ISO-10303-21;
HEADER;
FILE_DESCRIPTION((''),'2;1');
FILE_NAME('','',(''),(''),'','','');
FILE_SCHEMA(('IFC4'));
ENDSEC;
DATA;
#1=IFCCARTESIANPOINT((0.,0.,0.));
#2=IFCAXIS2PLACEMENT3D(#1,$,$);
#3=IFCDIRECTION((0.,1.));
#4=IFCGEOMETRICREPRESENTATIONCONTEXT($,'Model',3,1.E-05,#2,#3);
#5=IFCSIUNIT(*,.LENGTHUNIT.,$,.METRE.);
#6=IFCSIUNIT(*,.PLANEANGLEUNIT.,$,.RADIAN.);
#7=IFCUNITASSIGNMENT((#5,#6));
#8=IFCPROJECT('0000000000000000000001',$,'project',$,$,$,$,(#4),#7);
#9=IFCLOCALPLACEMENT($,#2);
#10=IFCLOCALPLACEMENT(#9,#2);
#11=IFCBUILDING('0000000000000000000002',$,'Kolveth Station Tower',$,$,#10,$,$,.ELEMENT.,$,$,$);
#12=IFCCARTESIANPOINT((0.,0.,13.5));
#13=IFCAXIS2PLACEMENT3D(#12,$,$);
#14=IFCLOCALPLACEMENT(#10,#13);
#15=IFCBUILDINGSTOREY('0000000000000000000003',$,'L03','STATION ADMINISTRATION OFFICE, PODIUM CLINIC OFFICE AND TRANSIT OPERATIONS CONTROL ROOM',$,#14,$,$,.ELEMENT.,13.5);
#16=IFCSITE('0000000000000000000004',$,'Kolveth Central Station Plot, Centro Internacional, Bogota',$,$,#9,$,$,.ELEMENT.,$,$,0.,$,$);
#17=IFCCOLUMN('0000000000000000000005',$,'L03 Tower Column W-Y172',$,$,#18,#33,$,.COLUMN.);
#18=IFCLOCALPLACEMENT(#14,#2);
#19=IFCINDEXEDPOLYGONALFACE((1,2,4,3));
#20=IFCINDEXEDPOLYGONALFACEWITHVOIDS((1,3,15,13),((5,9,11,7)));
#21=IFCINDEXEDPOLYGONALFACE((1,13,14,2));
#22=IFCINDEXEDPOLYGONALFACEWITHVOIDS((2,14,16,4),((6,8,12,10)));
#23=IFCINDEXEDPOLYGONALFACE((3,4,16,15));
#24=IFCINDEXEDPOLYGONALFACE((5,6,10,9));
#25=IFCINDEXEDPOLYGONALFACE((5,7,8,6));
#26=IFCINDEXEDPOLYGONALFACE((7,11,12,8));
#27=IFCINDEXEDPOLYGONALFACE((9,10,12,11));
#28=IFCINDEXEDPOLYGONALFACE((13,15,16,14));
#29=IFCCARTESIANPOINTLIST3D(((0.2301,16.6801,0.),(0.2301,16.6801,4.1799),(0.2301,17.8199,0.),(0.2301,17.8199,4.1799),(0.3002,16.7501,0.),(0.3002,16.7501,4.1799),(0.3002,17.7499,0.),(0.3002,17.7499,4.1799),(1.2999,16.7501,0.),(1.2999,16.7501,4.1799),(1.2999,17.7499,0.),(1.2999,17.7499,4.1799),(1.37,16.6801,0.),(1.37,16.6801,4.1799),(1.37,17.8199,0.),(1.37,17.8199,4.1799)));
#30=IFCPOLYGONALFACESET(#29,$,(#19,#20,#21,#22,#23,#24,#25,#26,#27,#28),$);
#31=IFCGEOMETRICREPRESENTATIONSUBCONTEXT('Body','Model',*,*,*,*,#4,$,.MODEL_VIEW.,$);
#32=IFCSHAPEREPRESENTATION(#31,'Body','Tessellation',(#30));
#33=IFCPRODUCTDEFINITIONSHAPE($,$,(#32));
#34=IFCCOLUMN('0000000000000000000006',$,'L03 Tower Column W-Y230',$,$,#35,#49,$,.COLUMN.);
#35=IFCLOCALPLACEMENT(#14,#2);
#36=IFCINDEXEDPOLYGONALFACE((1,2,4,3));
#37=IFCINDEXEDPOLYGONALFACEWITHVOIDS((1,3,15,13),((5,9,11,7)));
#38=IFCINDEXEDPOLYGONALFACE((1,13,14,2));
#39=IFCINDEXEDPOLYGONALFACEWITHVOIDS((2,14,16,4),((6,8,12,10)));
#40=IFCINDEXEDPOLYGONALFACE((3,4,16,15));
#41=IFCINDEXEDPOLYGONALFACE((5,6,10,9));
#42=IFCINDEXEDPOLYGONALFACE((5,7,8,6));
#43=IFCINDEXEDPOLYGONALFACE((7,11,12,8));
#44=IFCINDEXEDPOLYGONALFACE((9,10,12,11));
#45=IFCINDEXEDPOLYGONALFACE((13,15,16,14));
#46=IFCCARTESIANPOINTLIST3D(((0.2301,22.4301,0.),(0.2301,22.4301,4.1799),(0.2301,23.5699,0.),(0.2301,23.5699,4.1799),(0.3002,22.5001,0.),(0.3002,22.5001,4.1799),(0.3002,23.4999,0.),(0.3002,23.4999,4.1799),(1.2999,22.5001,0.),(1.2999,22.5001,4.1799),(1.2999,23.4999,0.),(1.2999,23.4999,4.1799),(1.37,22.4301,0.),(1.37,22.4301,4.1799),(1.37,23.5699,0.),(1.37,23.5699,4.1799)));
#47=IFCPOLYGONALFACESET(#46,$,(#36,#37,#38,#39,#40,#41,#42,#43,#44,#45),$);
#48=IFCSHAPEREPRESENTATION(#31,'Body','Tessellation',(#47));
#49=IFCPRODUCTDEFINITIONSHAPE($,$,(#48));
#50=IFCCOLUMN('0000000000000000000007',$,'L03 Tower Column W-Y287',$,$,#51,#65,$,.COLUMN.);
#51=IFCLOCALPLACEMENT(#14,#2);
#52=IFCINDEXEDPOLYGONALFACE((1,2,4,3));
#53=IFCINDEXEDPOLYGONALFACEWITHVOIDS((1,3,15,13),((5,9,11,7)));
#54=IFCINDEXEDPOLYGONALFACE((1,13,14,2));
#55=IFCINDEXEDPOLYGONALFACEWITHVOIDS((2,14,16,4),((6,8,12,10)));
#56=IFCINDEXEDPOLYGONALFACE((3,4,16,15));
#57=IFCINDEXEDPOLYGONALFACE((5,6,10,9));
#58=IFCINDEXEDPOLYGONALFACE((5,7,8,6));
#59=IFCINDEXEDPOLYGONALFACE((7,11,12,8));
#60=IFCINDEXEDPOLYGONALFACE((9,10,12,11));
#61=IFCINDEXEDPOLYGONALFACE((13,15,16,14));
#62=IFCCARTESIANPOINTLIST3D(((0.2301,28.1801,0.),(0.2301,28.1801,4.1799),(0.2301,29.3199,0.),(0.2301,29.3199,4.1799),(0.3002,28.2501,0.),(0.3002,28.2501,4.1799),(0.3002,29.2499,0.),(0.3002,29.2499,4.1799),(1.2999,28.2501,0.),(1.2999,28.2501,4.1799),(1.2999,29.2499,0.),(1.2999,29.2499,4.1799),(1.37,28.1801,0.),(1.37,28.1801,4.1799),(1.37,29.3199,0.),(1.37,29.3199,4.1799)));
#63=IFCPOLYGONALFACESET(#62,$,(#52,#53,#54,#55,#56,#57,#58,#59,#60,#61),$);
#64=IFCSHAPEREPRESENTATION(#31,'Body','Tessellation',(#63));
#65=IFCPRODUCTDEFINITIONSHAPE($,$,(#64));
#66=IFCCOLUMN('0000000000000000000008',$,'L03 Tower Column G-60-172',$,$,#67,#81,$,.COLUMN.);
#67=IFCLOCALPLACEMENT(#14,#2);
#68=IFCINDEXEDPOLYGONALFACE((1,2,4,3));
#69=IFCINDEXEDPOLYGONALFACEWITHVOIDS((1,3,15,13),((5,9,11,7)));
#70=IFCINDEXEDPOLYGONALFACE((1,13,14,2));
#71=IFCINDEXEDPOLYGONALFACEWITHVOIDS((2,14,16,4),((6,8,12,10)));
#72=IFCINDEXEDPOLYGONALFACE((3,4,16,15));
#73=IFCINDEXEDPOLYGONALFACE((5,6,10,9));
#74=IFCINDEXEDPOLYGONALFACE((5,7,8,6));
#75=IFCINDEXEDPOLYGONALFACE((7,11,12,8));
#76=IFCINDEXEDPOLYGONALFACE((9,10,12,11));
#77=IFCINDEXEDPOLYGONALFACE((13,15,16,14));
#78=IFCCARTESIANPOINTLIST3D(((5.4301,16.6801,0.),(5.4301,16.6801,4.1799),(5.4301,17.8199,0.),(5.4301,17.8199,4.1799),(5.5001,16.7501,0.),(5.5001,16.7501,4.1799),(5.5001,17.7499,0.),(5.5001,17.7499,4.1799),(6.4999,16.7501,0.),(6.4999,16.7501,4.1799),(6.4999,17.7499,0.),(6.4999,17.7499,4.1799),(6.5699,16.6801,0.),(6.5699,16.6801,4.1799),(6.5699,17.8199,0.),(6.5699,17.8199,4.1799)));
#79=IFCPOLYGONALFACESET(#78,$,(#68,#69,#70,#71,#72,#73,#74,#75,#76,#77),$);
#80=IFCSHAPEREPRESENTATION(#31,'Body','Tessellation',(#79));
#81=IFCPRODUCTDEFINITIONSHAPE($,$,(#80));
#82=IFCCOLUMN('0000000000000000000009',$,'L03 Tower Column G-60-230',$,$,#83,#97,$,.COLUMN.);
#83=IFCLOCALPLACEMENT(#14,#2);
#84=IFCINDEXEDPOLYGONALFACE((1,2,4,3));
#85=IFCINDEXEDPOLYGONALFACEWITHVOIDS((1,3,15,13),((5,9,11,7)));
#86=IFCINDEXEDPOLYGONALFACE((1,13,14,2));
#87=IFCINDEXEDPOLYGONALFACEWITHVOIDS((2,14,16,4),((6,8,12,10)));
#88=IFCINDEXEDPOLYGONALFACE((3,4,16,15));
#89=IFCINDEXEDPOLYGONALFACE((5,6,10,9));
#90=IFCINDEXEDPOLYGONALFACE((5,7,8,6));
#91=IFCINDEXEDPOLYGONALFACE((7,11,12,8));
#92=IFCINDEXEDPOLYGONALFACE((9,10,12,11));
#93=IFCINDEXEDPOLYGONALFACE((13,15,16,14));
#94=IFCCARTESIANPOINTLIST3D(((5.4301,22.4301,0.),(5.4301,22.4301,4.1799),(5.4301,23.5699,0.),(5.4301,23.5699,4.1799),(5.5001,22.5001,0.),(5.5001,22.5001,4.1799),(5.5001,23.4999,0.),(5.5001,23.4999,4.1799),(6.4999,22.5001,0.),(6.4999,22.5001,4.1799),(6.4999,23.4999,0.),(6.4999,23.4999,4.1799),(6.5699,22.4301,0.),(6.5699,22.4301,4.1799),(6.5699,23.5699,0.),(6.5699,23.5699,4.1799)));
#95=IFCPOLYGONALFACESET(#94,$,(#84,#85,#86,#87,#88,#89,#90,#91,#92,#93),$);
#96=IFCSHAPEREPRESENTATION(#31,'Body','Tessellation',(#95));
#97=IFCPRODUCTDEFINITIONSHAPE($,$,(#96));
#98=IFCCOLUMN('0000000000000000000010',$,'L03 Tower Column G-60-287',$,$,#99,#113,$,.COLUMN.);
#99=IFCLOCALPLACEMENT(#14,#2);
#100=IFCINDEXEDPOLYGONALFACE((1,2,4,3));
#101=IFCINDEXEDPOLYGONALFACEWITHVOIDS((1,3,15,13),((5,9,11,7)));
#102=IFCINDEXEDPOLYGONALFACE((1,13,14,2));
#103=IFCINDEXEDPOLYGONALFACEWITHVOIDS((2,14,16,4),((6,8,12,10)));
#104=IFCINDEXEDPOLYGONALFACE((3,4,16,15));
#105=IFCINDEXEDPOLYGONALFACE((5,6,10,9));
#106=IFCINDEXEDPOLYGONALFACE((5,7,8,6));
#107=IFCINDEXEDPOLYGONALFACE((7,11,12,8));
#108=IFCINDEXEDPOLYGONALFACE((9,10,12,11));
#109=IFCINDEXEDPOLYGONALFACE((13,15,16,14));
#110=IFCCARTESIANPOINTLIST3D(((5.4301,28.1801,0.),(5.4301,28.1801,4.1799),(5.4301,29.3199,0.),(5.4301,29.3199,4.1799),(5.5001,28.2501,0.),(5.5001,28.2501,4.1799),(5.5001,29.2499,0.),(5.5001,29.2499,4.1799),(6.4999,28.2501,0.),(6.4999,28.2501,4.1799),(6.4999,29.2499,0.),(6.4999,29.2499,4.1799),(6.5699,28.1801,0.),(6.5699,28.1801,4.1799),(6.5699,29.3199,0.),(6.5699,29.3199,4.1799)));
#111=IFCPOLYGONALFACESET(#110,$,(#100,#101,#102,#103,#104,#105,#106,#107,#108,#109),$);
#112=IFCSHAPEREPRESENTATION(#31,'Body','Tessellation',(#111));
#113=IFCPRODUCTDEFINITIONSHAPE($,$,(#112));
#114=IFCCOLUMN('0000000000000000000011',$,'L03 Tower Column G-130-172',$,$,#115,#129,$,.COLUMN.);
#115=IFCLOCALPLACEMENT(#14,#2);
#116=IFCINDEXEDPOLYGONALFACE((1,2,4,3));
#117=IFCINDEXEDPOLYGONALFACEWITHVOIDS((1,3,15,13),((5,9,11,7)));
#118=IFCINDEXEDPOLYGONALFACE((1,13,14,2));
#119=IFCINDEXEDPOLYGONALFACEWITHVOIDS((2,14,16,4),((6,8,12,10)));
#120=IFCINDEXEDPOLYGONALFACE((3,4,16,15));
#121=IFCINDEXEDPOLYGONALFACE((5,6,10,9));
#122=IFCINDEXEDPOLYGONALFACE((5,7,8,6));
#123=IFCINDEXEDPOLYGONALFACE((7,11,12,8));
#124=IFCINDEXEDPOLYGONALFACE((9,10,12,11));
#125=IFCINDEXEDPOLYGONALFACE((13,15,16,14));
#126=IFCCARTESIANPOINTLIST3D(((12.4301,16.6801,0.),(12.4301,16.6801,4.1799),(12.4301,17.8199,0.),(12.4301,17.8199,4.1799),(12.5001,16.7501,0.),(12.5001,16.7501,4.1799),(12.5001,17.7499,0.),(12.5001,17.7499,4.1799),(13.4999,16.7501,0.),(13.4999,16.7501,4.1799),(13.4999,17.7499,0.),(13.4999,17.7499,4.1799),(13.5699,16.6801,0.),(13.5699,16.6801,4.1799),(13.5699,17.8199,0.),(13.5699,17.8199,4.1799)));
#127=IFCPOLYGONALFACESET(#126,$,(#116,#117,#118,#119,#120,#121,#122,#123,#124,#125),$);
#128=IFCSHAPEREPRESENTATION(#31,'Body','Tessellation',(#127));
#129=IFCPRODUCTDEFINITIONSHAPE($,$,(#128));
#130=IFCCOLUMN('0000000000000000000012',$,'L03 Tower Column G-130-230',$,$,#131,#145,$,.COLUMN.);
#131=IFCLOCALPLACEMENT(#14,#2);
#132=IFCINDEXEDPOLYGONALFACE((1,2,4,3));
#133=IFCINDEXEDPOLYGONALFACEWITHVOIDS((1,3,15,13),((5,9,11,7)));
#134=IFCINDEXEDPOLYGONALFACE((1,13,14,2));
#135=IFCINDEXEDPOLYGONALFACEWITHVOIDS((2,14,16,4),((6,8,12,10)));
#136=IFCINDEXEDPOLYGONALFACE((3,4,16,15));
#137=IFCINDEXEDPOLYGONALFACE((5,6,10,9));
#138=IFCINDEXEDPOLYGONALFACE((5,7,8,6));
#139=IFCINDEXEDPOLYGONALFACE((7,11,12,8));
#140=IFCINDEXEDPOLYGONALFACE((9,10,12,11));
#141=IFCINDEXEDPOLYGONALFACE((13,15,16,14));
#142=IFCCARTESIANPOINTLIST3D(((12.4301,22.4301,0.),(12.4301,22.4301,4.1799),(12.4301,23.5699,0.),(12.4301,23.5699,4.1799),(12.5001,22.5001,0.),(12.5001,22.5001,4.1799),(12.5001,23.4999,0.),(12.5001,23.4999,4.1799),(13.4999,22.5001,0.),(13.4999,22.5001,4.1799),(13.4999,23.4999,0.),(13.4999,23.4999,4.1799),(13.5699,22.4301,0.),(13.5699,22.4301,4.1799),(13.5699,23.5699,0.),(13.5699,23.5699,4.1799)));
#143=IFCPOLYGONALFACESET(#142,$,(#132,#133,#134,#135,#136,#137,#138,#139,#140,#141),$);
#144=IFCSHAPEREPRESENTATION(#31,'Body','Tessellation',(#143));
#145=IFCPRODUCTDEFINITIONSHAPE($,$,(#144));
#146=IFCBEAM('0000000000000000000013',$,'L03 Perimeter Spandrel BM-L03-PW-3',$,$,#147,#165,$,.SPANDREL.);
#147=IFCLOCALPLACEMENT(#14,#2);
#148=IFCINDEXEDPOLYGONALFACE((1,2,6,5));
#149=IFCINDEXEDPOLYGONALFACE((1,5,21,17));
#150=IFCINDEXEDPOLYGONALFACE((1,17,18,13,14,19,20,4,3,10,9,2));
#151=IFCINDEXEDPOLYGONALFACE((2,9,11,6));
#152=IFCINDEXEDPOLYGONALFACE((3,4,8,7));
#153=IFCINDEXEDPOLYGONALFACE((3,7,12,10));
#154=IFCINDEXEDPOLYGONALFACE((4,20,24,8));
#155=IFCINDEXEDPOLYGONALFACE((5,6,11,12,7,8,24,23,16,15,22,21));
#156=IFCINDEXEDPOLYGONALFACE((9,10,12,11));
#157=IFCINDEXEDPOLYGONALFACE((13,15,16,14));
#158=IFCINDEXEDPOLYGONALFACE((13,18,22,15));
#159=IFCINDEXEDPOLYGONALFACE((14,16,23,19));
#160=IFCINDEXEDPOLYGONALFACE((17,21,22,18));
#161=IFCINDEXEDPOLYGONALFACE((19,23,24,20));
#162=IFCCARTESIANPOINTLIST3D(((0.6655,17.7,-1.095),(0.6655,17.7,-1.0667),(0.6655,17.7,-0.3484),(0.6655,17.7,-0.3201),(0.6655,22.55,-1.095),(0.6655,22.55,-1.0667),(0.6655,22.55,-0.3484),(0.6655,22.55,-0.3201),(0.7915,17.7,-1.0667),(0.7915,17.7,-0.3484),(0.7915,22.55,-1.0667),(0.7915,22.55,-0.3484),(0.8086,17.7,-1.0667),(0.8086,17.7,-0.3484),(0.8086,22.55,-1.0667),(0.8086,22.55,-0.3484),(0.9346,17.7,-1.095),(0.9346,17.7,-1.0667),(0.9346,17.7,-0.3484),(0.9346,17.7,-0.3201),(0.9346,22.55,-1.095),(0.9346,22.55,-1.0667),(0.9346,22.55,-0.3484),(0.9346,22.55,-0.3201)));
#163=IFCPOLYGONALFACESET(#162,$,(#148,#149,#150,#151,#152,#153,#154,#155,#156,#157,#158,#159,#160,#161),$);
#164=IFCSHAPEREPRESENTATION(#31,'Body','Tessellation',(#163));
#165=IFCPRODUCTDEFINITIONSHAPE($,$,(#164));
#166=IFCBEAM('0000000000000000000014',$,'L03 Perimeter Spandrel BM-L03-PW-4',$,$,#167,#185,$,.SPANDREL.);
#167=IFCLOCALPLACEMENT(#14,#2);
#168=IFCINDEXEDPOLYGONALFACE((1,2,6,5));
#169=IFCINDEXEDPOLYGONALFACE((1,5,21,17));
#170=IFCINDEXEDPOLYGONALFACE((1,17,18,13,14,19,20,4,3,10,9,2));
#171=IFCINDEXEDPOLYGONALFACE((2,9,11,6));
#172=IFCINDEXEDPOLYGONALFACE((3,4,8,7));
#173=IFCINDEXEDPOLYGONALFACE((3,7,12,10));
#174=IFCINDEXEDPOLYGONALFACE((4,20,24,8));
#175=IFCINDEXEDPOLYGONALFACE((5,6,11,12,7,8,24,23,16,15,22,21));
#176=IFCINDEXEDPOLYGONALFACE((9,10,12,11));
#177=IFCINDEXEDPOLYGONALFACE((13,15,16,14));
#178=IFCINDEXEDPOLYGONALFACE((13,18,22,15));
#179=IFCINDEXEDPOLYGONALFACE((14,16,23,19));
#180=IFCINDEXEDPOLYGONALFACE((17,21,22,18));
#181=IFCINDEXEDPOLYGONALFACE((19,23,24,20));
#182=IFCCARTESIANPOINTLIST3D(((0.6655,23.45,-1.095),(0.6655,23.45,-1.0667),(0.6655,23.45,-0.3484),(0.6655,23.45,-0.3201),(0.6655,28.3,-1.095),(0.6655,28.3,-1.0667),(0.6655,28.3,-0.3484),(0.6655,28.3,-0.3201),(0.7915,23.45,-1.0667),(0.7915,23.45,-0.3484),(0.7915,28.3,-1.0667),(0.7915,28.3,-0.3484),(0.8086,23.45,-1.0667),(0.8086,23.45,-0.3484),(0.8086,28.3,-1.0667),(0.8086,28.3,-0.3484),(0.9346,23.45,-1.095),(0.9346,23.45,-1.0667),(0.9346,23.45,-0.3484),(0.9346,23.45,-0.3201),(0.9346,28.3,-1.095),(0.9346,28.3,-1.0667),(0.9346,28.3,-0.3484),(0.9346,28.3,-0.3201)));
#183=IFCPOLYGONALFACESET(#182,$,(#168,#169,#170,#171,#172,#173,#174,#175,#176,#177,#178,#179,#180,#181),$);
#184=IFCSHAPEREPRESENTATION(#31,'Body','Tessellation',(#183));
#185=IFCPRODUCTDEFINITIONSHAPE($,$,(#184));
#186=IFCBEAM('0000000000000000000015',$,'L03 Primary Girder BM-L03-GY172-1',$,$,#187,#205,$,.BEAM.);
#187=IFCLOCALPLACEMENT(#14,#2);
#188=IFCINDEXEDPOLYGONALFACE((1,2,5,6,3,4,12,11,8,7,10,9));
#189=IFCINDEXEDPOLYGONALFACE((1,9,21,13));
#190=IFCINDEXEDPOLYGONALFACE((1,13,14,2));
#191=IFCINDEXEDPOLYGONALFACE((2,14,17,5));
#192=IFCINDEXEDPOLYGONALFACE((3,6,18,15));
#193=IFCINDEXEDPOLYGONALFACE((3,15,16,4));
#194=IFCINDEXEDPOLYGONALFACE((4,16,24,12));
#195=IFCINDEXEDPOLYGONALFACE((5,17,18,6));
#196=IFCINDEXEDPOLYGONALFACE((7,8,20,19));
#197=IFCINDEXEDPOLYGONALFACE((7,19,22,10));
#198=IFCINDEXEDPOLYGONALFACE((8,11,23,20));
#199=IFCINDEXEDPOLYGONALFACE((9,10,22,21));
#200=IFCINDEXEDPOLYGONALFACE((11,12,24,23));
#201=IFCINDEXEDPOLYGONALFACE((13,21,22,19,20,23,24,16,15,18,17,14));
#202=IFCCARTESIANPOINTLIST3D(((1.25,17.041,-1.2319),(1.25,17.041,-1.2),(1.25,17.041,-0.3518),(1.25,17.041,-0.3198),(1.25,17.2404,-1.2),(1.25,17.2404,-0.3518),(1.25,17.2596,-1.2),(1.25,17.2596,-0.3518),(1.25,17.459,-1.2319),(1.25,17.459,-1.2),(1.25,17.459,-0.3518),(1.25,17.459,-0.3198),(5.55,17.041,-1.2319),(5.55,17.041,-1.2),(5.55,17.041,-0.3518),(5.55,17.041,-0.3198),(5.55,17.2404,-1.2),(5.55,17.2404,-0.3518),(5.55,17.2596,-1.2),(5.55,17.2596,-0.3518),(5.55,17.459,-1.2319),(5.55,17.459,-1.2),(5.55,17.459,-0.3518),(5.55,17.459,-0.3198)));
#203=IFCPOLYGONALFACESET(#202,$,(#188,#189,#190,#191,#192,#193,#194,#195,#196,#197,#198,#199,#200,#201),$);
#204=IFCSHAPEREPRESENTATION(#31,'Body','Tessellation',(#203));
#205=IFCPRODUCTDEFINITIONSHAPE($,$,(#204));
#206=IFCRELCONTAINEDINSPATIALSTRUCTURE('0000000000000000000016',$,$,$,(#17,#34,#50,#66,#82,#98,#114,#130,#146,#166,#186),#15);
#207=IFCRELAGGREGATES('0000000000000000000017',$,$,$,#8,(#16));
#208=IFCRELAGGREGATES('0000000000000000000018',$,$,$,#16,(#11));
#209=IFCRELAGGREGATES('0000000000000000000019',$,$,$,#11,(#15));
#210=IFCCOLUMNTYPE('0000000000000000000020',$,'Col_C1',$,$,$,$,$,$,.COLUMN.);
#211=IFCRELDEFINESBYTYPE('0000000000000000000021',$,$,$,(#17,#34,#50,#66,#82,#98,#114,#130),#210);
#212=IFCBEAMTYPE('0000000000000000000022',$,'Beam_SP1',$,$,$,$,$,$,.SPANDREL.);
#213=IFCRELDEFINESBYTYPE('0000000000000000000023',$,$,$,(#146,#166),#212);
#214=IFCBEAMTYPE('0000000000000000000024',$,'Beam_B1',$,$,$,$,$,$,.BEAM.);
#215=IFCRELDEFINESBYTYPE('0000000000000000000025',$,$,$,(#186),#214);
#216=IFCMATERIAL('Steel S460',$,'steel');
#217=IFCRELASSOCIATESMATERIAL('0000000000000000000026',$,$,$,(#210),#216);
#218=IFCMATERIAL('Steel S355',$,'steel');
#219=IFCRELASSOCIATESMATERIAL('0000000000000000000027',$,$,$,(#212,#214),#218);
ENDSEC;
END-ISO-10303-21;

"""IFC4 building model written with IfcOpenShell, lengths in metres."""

from ifc_helpers import new_model, si_unit, direction, frame, origin, origin_2d, place, context, subcontext, project, spatial, hollow_rectangle, i_section, extrude, source, transform, mapped, material, material_profile, profile_set, type_object, element, save


model = new_model("IFC4")

# Units and contexts
model_context = context("Model", 3, precision=1e-05, world=origin(), true_north=direction((0.0, 1.0)))
body_context = subcontext(model_context, "Body", "Model", "MODEL_VIEW")
ifc_project = project(units=[si_unit("LENGTHUNIT", "METRE"), si_unit("PLANEANGLEUNIT", "RADIAN")], contexts=[model_context])

# Site, building, storey
site_placement = place(None, origin())
site = spatial("IfcSite", under=ifc_project, at=site_placement, Name="Kolveth Central Station Plot, Centro Internacional, Bogota", CompositionType="ELEMENT", RefElevation=0.0)
building_placement = place(site_placement, origin())
building = spatial("IfcBuilding", under=site, at=building_placement, Name="Kolveth Station Tower", CompositionType="ELEMENT")
storey_placement = place(building_placement, frame((0.0, 0.0, 13.5)))
storey = spatial("IfcBuildingStorey", under=building, at=storey_placement, Name="L03", Description="STATION ADMINISTRATION OFFICE, PODIUM CLINIC OFFICE AND TRANSIT OPERATIONS CONTROL ROOM", CompositionType="ELEMENT", Elevation=13.5)

# Columns
ifc_material_1 = material(Name="Steel S460", Category="steel")
ifc_material_profile_1 = material_profile(ifc_material_1, hollow_rectangle(XDim=1.1399, YDim=1.1399, WallThickness=0.0701, at=origin_2d()), Name="BOX1140x1140x70")
ifc_profile_set_1 = profile_set([ifc_material_profile_1], Name="Steel S460")
column_type = type_object("IfcColumnType", Name="Col_C1", PredefinedType="COLUMN", material=ifc_profile_set_1)
shared_shape_1 = source(origin(), body_context, "Body", "SweptSolid", [
    extrude(hollow_rectangle(XDim=1.1399, YDim=1.1399, WallThickness=0.0701, at=origin_2d()), origin(), (0.0, 0.0, 1.0), 4.1799),
])
for number, where, z_axis, x_axis, name in (
    (1, (0.8, 17.25, 0.0), (0.0, 0.0, 1.0), (1.0, 0.0, 0.0), "L03 Tower Column W-Y172"),
    (2, (0.8, 23.0, 0.0), (0.0, 0.0, 1.0), (1.0, 0.0, 0.0), "L03 Tower Column W-Y230"),
    (3, (0.8, 28.75, 0.0), (0.0, 0.0, 1.0), (1.0, 0.0, 0.0), "L03 Tower Column W-Y287"),
    (4, (6.0, 17.25, 0.0), (0.0, 0.0, 1.0), (1.0, 0.0, 0.0), "L03 Tower Column G-60-172"),
    (5, (6.0, 23.0, 0.0), (0.0, 0.0, 1.0), (1.0, 0.0, 0.0), "L03 Tower Column G-60-230"),
    (6, (6.0, 28.75, 0.0), (0.0, 0.0, 1.0), (1.0, 0.0, 0.0), "L03 Tower Column G-60-287"),
    (7, (13.0, 17.25, 0.0), (0.0, 0.0, 1.0), (1.0, 0.0, 0.0), "L03 Tower Column G-130-172"),
    (8, (13.0, 23.0, 0.0), (0.0, 0.0, 1.0), (1.0, 0.0, 0.0), "L03 Tower Column G-130-230"),
):
    element("IfcColumn", number, at=place(storey_placement, frame(where, z_axis=z_axis, x_axis=x_axis)), inside=storey, type_object=column_type, Name=name, PredefinedType="COLUMN", context=body_context, shape_type="MappedRepresentation", body=[
        mapped(shared_shape_1, transform((0.0, 0.0, 0.0), x_axis=(1.0, 0.0, 0.0), y_axis=(0.0, 1.0, 0.0), z_axis=(0.0, 0.0, 1.0), scale=1.0)),
    ])

# Beams
ifc_material_2 = material(Name="Steel S355", Category="steel")
ifc_material_profile_2 = material_profile(ifc_material_2, i_section(OverallWidth=0.269, OverallDepth=0.7749, WebThickness=0.0171, FlangeThickness=0.0283, at=origin_2d()), Name="W760x220")
ifc_profile_set_2 = profile_set([ifc_material_profile_2], Name="Steel S355")
beam_type_1 = type_object("IfcBeamType", Name="Beam_SP1", PredefinedType="SPANDREL", material=ifc_profile_set_2)
shared_shape_2 = source(origin(), body_context, "Body", "SweptSolid", [
    extrude(i_section(OverallWidth=0.269, OverallDepth=0.7749, WebThickness=0.0171, FlangeThickness=0.0283, at=origin_2d()), origin(), (0.0, 0.0, 1.0), 4.8501),
])
for number, where, z_axis, x_axis, name in (
    (9, (0.8, 17.7, -0.7075), (0.0, 1.0, 0.0), (-1.0, 0.0, 0.0), "L03 Perimeter Spandrel BM-L03-PW-3"),
    (10, (0.8, 23.45, -0.7075), (0.0, 1.0, 0.0), (-1.0, 0.0, 0.0), "L03 Perimeter Spandrel BM-L03-PW-4"),
):
    element("IfcBeam", number, at=place(storey_placement, frame(where, z_axis=z_axis, x_axis=x_axis)), inside=storey, type_object=beam_type_1, Name=name, PredefinedType="SPANDREL", context=body_context, shape_type="MappedRepresentation", body=[
        mapped(shared_shape_2, transform((0.0, 0.0, 0.0), x_axis=(1.0, 0.0, 0.0), y_axis=(0.0, 1.0, 0.0), z_axis=(0.0, 0.0, 1.0), scale=1.0)),
    ])
ifc_material_profile_3 = material_profile(ifc_material_2, i_section(OverallWidth=0.418, OverallDepth=0.9121, WebThickness=0.0193, FlangeThickness=0.032, at=origin_2d()), Name="W920x342")
ifc_profile_set_3 = profile_set([ifc_material_profile_3], Name="Steel S355")
beam_type_2 = type_object("IfcBeamType", Name="Beam_B1", PredefinedType="BEAM", material=ifc_profile_set_3)
shared_shape_3 = source(origin(), body_context, "Body", "SweptSolid", [
    extrude(i_section(OverallWidth=0.418, OverallDepth=0.9121, WebThickness=0.0193, FlangeThickness=0.032, at=origin_2d()), origin(), (0.0, 0.0, 1.0), 4.3),
])
for number, where, z_axis, x_axis, name in (
    (11, (1.25, 17.25, -0.7759), (1.0, 0.0, 0.0), (0.0, 1.0, 0.0), "L03 Primary Girder BM-L03-GY172-1"),
):
    element("IfcBeam", number, at=place(storey_placement, frame(where, z_axis=z_axis, x_axis=x_axis)), inside=storey, type_object=beam_type_2, Name=name, PredefinedType="BEAM", context=body_context, shape_type="MappedRepresentation", body=[
        mapped(shared_shape_3, transform((0.0, 0.0, 0.0), x_axis=(1.0, 0.0, 0.0), y_axis=(0.0, 1.0, 0.0), z_axis=(0.0, 0.0, 1.0), scale=1.0)),
    ])

save(model, "model.ifc")
